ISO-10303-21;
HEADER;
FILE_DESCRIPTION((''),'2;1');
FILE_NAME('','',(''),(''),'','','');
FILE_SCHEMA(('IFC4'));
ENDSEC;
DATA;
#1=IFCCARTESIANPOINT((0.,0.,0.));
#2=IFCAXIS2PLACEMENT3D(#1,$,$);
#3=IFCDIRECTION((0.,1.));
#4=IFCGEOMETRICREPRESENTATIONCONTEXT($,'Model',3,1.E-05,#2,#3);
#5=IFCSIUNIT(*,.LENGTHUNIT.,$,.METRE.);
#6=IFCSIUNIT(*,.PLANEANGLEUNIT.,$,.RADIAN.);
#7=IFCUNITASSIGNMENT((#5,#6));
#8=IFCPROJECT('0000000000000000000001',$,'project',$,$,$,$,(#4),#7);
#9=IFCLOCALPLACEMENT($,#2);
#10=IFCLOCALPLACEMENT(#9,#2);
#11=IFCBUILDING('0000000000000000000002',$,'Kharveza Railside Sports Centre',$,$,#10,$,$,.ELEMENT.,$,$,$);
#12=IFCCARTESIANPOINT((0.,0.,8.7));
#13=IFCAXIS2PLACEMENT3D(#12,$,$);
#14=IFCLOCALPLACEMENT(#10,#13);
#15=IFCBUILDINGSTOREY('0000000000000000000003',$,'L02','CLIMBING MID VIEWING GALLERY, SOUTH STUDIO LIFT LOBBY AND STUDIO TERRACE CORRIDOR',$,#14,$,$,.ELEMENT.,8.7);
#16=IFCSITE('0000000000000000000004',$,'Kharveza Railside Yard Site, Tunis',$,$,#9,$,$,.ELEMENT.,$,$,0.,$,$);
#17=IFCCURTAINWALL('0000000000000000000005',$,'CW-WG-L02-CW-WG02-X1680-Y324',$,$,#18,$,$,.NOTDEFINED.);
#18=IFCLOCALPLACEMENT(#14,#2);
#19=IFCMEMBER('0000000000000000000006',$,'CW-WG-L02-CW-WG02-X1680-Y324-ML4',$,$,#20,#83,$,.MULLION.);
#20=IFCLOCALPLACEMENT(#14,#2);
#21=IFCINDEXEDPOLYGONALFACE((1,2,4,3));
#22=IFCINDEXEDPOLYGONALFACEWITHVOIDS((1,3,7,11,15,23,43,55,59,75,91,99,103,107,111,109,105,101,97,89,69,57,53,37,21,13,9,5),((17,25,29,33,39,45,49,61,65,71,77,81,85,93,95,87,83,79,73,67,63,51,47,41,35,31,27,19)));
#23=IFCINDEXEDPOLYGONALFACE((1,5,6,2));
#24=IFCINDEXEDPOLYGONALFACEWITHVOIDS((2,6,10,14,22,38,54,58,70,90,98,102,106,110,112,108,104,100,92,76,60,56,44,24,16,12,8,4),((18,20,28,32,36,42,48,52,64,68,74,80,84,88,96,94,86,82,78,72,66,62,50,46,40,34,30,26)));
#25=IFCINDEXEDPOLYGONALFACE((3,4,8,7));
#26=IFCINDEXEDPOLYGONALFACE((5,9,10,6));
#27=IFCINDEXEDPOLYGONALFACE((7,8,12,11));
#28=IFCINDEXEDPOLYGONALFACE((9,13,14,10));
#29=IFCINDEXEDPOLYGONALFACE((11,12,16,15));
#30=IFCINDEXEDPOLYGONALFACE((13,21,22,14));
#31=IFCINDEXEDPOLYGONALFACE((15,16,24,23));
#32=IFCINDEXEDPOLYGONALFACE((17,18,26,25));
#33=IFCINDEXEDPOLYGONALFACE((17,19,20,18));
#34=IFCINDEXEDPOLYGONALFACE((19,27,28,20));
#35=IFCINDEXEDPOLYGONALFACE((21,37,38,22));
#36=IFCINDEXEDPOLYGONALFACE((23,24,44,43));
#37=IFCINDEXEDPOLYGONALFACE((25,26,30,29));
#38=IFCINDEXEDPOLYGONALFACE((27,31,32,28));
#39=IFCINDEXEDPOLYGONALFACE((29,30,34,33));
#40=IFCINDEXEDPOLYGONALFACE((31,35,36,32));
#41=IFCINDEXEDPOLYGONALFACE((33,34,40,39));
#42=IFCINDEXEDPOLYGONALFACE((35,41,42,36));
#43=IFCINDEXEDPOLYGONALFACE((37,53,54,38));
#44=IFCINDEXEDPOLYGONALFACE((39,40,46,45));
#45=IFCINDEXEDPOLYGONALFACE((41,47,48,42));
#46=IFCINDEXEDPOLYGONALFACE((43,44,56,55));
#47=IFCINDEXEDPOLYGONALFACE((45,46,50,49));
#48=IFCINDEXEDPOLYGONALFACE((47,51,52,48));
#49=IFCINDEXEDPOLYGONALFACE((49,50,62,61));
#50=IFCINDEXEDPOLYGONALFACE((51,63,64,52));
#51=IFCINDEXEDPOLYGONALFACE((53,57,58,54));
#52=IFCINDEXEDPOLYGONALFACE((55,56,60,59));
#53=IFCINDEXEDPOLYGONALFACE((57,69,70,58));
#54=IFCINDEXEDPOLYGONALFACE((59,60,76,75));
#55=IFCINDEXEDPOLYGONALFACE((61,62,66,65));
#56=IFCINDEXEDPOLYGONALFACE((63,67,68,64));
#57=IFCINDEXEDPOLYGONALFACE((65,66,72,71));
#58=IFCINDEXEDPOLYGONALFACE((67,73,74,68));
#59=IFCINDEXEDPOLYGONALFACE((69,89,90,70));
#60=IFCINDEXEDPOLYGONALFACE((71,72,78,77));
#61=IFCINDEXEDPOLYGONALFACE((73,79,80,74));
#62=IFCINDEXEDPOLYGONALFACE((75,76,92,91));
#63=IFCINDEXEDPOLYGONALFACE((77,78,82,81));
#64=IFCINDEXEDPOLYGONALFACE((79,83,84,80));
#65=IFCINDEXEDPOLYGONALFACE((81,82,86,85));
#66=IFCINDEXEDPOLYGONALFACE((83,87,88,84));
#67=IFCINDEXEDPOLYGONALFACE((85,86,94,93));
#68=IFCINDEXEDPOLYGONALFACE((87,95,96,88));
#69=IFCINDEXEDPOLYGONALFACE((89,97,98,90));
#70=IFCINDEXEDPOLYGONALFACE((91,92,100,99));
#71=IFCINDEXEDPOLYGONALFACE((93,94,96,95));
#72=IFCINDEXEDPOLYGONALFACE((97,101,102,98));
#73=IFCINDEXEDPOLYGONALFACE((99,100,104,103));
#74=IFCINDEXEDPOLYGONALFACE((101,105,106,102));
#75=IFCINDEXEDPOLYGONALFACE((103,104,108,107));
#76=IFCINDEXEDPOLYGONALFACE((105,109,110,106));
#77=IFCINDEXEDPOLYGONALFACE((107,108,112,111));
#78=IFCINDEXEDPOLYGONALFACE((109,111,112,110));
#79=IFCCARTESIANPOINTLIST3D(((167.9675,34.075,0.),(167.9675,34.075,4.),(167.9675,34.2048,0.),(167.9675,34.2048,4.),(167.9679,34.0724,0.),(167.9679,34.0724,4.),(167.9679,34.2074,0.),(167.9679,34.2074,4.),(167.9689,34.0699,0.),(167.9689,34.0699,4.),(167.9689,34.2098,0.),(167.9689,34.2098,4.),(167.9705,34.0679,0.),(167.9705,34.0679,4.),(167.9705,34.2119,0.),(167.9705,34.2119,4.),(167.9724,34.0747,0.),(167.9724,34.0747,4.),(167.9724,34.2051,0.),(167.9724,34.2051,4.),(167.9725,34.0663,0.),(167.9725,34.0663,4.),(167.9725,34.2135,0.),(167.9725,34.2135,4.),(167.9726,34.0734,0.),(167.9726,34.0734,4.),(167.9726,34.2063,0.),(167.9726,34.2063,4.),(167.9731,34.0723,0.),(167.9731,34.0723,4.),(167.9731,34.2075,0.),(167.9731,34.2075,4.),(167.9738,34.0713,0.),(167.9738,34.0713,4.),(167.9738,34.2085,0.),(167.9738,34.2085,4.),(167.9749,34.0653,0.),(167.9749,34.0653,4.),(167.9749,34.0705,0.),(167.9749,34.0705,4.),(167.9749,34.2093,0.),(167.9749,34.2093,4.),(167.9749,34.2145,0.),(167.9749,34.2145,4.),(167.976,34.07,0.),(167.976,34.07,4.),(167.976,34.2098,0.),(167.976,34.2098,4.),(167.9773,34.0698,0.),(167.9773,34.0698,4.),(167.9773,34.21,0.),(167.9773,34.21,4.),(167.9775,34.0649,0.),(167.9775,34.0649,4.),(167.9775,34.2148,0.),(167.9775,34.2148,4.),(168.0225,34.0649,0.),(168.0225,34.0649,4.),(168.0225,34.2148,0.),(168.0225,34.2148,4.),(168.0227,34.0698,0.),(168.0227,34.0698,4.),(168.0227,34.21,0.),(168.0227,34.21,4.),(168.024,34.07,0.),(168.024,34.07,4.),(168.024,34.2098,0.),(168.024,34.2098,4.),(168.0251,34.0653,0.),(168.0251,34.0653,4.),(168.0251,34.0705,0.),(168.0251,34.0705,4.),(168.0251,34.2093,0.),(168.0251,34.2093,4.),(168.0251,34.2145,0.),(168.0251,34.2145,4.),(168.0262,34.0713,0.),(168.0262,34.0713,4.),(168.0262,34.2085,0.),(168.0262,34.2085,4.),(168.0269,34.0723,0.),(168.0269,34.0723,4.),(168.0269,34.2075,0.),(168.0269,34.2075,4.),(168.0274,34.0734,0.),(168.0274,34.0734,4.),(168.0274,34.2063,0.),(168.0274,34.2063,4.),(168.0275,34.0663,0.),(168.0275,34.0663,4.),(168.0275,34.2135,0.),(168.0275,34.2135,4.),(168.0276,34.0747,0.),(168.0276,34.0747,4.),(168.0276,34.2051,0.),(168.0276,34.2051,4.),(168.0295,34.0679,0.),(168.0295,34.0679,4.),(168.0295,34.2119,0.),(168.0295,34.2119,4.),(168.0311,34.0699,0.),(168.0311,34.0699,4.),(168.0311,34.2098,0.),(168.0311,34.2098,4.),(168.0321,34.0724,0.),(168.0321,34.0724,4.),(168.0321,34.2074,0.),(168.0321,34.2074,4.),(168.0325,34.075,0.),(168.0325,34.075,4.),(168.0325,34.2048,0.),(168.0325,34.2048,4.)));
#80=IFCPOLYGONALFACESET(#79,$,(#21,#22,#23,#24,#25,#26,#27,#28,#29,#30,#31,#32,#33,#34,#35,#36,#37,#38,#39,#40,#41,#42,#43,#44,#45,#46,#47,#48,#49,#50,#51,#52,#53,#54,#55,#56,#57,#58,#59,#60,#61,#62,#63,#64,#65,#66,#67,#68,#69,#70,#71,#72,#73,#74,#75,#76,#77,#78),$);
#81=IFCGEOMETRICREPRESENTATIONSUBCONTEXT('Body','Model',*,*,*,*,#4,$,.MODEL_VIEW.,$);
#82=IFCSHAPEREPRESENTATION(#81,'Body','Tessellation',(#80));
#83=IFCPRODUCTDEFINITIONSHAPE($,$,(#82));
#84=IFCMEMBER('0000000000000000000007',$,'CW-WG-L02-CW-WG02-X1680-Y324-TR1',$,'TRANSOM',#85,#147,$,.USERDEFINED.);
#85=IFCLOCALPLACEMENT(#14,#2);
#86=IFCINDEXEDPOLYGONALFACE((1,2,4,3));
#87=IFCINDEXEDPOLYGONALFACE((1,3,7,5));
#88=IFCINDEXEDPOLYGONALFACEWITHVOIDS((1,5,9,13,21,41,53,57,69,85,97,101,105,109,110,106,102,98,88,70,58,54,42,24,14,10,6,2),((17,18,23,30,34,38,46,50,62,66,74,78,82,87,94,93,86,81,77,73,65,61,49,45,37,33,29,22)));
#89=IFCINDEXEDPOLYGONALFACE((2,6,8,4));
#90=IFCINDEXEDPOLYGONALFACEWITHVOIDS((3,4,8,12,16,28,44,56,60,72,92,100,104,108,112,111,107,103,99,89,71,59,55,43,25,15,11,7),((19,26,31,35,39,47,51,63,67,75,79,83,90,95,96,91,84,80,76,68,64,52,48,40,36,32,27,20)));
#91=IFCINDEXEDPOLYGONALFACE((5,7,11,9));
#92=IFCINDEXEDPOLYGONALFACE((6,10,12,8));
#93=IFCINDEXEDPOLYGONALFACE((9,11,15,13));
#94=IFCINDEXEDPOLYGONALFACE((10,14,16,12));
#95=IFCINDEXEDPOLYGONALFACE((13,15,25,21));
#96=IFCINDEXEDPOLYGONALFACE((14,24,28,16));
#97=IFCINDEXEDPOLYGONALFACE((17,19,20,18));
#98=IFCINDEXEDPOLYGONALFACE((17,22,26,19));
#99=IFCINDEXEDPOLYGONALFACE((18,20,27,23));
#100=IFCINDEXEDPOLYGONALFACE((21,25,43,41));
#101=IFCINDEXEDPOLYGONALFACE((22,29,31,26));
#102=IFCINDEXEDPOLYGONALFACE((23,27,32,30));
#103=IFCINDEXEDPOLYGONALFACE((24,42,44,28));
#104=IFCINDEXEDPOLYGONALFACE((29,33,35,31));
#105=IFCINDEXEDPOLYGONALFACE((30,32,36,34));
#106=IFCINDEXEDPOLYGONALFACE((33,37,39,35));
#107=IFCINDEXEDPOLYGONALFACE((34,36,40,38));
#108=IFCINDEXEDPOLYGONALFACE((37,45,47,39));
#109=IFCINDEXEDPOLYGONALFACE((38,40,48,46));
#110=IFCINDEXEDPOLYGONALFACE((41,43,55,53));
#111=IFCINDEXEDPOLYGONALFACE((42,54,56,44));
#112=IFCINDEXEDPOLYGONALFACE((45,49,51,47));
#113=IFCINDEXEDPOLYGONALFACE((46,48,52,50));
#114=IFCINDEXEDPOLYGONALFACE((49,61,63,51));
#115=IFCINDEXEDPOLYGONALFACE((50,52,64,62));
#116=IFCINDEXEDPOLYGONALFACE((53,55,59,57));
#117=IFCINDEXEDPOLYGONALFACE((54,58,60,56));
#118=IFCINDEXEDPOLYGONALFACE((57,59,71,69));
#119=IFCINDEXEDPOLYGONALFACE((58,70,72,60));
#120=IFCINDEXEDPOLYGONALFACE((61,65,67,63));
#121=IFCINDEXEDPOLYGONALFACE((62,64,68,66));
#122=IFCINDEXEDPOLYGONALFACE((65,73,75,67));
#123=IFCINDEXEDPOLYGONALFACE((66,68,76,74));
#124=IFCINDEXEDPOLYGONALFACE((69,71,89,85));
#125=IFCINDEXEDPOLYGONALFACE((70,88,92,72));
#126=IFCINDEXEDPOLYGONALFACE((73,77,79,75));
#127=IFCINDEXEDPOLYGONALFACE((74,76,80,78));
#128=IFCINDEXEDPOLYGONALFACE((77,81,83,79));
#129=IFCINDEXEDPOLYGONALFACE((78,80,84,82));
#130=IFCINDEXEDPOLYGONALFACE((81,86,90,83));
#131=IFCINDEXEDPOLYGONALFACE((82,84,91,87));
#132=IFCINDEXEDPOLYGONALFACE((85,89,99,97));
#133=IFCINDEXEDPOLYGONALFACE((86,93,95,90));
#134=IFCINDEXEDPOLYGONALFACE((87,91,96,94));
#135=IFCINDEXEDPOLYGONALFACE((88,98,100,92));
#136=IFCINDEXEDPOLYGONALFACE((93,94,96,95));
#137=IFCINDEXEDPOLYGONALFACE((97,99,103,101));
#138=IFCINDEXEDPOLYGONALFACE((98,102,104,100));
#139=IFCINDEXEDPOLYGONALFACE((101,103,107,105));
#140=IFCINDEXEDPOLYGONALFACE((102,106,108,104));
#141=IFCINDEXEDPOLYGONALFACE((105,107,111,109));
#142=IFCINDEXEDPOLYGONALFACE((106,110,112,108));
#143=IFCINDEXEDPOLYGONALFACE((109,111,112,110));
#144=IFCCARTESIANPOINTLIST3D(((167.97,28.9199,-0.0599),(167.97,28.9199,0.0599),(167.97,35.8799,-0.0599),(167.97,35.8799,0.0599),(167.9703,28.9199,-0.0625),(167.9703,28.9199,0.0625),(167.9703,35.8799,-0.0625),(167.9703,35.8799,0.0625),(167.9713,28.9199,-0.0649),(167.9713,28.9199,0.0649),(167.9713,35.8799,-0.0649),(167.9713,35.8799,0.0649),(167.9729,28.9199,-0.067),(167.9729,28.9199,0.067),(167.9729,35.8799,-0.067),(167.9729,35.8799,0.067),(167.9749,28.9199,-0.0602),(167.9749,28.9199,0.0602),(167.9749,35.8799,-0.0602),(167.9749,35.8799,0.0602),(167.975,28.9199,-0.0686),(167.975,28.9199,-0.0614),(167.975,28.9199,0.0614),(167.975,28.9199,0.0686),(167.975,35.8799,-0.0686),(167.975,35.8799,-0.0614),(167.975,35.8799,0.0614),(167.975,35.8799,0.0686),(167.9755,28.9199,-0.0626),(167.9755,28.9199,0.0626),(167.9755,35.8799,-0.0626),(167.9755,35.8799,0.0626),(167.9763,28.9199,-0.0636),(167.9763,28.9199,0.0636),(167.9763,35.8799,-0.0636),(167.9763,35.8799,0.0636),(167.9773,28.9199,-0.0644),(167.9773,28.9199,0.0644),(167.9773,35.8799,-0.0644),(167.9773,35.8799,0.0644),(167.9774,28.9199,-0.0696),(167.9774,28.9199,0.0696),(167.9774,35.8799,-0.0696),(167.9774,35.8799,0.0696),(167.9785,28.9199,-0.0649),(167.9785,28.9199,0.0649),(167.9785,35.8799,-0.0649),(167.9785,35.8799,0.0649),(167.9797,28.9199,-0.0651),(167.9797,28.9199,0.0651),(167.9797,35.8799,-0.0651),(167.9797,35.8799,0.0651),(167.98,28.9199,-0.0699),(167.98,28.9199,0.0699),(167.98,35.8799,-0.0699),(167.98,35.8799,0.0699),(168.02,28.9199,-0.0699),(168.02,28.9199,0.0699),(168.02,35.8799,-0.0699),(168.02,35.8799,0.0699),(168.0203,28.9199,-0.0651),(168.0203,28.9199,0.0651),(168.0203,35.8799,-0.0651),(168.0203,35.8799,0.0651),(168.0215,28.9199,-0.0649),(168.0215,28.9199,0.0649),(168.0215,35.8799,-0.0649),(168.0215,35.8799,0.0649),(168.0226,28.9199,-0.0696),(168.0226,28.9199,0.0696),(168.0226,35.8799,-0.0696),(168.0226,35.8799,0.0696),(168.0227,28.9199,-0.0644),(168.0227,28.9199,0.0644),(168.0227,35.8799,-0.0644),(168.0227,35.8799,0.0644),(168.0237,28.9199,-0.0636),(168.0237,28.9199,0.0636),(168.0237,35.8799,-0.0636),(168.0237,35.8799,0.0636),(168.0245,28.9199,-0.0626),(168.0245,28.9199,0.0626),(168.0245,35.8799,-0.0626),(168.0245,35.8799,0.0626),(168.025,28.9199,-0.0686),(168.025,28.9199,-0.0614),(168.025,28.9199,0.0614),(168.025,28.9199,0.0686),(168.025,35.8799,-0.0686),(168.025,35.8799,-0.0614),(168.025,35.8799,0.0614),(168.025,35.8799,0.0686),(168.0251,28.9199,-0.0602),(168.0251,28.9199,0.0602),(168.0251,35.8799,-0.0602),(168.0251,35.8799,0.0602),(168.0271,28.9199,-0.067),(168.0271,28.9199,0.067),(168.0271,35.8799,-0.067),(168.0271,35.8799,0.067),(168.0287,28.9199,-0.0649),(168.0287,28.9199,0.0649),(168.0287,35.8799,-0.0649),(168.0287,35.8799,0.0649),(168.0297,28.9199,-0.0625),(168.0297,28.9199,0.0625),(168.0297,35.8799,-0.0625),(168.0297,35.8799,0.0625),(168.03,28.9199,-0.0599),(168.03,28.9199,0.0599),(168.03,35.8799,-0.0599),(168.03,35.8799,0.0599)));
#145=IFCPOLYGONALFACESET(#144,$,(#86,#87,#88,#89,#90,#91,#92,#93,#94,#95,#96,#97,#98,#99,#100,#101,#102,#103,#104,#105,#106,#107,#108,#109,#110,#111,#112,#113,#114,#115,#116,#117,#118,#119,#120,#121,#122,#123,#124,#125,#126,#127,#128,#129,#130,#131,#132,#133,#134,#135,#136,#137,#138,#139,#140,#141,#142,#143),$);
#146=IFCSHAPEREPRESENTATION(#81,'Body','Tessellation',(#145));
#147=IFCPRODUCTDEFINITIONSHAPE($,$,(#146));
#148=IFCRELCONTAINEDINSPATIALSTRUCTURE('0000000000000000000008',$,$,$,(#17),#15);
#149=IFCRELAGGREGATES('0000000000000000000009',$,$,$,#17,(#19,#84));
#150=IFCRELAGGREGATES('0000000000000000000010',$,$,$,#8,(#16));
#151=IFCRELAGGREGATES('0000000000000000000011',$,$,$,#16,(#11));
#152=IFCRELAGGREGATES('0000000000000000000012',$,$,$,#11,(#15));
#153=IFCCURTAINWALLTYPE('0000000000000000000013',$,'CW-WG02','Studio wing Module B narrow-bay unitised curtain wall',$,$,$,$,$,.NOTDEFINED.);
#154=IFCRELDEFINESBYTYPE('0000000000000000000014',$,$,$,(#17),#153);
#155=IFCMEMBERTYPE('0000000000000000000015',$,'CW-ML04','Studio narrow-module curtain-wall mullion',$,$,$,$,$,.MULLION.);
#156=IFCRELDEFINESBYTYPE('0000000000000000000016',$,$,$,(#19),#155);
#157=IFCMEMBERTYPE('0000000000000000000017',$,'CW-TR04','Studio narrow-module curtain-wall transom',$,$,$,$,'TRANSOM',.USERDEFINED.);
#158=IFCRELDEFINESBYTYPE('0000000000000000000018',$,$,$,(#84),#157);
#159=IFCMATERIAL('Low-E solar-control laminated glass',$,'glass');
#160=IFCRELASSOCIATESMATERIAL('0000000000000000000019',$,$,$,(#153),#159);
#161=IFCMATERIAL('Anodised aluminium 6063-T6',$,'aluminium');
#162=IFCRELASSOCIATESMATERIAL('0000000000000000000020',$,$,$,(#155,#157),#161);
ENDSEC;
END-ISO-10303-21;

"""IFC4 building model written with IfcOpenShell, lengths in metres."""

from ifc_helpers import new_model, si_unit, direction, frame, origin, origin_2d, place, context, subcontext, project, spatial, hollow_rectangle, extrude, material, material_profile, profile_set, type_object, element, aggregate, save


model = new_model("IFC4")

# Units and contexts
model_context = context("Model", 3, precision=1e-05, world=origin(), true_north=direction((0.0, 1.0)))
body_context = subcontext(model_context, "Body", "Model", "MODEL_VIEW")
ifc_project = project(units=[si_unit("LENGTHUNIT", "METRE"), si_unit("PLANEANGLEUNIT", "RADIAN")], contexts=[model_context])

# Site, building, storey
site_placement = place(None, origin())
site = spatial("IfcSite", under=ifc_project, at=site_placement, Name="Kharveza Railside Yard Site, Tunis", CompositionType="ELEMENT", RefElevation=0.0)
building_placement = place(site_placement, origin())
building = spatial("IfcBuilding", under=site, at=building_placement, Name="Kharveza Railside Sports Centre", CompositionType="ELEMENT")
storey_placement = place(building_placement, frame((0.0, 0.0, 8.7)))
storey = spatial("IfcBuildingStorey", under=building, at=storey_placement, Name="L02", Description="CLIMBING MID VIEWING GALLERY, SOUTH STUDIO LIFT LOBBY AND STUDIO TERRACE CORRIDOR", CompositionType="ELEMENT", Elevation=8.7)

# Curtain wall, members
ifc_material_1 = material(Name="Low-E solar-control laminated glass", Category="glass")
curtain_wall_type = type_object("IfcCurtainWallType", Name="CW-WG02", Description="Studio wing Module B narrow-bay unitised curtain wall", PredefinedType="NOTDEFINED", material=ifc_material_1)
curtain_wall_placement = place(storey_placement, origin())
curtain_wall = element("IfcCurtainWall", 1, at=curtain_wall_placement, inside=storey, type_object=curtain_wall_type, Name="CW-WG-L02-CW-WG02-X1680-Y324", PredefinedType="NOTDEFINED")
ifc_material_2 = material(Name="Anodised aluminium 6063-T6", Category="aluminium")
ifc_material_profile_1 = material_profile(ifc_material_2, hollow_rectangle(XDim=0.0649, YDim=0.1499, WallThickness=0.0049, InnerFilletRadius=0.0049, OuterFilletRadius=0.01, at=origin_2d()), Name="RHS 65x150x5.0")
ifc_profile_set_1 = profile_set([ifc_material_profile_1], Name="Anodised aluminium 6063-T6")
member_type_1 = type_object("IfcMemberType", Name="CW-ML04", Description="Studio narrow-module curtain-wall mullion", PredefinedType="MULLION", material=ifc_profile_set_1)
member_1_placement = place(storey_placement, frame((168.0, 34.1399, 0.0), z_axis=(0.0, 0.0, 1.0), x_axis=(1.0, 0.0, 0.0)))
member_1 = element("IfcMember", 2, at=member_1_placement, type_object=member_type_1, Name="CW-WG-L02-CW-WG02-X1680-Y324-ML4", PredefinedType="MULLION", context=body_context, shape_type="SweptSolid", body=[
    extrude(hollow_rectangle(XDim=0.0649, YDim=0.1499, WallThickness=0.0049, InnerFilletRadius=0.0049, OuterFilletRadius=0.01, at=origin_2d()), origin(), (0.0, 0.0, 1.0), 4.0),
])
ifc_material_profile_2 = material_profile(ifc_material_2, hollow_rectangle(XDim=0.0601, YDim=0.1399, WallThickness=0.0049, InnerFilletRadius=0.0049, OuterFilletRadius=0.01, at=origin_2d()), Name="RHS 60x140x5.0")
ifc_profile_set_2 = profile_set([ifc_material_profile_2], Name="Anodised aluminium 6063-T6")
member_type_2 = type_object("IfcMemberType", Name="CW-TR04", Description="Studio narrow-module curtain-wall transom", ElementType="TRANSOM", PredefinedType="USERDEFINED", material=ifc_profile_set_2)
member_2_placement = place(storey_placement, frame((168.0, 28.9199, 0.0), z_axis=(0.0, 1.0, 0.0), x_axis=(-1.0, 0.0, 0.0)))
member_2 = element("IfcMember", 3, at=member_2_placement, type_object=member_type_2, Name="CW-WG-L02-CW-WG02-X1680-Y324-TR1", ObjectType="TRANSOM", PredefinedType="USERDEFINED", context=body_context, shape_type="SweptSolid", body=[
    extrude(hollow_rectangle(XDim=0.0601, YDim=0.1399, WallThickness=0.0049, InnerFilletRadius=0.0049, OuterFilletRadius=0.01, at=origin_2d()), origin(), (0.0, 0.0, 1.0), 6.96),
])

aggregate(curtain_wall, [member_1, member_2])

save(model, "model.ifc")
